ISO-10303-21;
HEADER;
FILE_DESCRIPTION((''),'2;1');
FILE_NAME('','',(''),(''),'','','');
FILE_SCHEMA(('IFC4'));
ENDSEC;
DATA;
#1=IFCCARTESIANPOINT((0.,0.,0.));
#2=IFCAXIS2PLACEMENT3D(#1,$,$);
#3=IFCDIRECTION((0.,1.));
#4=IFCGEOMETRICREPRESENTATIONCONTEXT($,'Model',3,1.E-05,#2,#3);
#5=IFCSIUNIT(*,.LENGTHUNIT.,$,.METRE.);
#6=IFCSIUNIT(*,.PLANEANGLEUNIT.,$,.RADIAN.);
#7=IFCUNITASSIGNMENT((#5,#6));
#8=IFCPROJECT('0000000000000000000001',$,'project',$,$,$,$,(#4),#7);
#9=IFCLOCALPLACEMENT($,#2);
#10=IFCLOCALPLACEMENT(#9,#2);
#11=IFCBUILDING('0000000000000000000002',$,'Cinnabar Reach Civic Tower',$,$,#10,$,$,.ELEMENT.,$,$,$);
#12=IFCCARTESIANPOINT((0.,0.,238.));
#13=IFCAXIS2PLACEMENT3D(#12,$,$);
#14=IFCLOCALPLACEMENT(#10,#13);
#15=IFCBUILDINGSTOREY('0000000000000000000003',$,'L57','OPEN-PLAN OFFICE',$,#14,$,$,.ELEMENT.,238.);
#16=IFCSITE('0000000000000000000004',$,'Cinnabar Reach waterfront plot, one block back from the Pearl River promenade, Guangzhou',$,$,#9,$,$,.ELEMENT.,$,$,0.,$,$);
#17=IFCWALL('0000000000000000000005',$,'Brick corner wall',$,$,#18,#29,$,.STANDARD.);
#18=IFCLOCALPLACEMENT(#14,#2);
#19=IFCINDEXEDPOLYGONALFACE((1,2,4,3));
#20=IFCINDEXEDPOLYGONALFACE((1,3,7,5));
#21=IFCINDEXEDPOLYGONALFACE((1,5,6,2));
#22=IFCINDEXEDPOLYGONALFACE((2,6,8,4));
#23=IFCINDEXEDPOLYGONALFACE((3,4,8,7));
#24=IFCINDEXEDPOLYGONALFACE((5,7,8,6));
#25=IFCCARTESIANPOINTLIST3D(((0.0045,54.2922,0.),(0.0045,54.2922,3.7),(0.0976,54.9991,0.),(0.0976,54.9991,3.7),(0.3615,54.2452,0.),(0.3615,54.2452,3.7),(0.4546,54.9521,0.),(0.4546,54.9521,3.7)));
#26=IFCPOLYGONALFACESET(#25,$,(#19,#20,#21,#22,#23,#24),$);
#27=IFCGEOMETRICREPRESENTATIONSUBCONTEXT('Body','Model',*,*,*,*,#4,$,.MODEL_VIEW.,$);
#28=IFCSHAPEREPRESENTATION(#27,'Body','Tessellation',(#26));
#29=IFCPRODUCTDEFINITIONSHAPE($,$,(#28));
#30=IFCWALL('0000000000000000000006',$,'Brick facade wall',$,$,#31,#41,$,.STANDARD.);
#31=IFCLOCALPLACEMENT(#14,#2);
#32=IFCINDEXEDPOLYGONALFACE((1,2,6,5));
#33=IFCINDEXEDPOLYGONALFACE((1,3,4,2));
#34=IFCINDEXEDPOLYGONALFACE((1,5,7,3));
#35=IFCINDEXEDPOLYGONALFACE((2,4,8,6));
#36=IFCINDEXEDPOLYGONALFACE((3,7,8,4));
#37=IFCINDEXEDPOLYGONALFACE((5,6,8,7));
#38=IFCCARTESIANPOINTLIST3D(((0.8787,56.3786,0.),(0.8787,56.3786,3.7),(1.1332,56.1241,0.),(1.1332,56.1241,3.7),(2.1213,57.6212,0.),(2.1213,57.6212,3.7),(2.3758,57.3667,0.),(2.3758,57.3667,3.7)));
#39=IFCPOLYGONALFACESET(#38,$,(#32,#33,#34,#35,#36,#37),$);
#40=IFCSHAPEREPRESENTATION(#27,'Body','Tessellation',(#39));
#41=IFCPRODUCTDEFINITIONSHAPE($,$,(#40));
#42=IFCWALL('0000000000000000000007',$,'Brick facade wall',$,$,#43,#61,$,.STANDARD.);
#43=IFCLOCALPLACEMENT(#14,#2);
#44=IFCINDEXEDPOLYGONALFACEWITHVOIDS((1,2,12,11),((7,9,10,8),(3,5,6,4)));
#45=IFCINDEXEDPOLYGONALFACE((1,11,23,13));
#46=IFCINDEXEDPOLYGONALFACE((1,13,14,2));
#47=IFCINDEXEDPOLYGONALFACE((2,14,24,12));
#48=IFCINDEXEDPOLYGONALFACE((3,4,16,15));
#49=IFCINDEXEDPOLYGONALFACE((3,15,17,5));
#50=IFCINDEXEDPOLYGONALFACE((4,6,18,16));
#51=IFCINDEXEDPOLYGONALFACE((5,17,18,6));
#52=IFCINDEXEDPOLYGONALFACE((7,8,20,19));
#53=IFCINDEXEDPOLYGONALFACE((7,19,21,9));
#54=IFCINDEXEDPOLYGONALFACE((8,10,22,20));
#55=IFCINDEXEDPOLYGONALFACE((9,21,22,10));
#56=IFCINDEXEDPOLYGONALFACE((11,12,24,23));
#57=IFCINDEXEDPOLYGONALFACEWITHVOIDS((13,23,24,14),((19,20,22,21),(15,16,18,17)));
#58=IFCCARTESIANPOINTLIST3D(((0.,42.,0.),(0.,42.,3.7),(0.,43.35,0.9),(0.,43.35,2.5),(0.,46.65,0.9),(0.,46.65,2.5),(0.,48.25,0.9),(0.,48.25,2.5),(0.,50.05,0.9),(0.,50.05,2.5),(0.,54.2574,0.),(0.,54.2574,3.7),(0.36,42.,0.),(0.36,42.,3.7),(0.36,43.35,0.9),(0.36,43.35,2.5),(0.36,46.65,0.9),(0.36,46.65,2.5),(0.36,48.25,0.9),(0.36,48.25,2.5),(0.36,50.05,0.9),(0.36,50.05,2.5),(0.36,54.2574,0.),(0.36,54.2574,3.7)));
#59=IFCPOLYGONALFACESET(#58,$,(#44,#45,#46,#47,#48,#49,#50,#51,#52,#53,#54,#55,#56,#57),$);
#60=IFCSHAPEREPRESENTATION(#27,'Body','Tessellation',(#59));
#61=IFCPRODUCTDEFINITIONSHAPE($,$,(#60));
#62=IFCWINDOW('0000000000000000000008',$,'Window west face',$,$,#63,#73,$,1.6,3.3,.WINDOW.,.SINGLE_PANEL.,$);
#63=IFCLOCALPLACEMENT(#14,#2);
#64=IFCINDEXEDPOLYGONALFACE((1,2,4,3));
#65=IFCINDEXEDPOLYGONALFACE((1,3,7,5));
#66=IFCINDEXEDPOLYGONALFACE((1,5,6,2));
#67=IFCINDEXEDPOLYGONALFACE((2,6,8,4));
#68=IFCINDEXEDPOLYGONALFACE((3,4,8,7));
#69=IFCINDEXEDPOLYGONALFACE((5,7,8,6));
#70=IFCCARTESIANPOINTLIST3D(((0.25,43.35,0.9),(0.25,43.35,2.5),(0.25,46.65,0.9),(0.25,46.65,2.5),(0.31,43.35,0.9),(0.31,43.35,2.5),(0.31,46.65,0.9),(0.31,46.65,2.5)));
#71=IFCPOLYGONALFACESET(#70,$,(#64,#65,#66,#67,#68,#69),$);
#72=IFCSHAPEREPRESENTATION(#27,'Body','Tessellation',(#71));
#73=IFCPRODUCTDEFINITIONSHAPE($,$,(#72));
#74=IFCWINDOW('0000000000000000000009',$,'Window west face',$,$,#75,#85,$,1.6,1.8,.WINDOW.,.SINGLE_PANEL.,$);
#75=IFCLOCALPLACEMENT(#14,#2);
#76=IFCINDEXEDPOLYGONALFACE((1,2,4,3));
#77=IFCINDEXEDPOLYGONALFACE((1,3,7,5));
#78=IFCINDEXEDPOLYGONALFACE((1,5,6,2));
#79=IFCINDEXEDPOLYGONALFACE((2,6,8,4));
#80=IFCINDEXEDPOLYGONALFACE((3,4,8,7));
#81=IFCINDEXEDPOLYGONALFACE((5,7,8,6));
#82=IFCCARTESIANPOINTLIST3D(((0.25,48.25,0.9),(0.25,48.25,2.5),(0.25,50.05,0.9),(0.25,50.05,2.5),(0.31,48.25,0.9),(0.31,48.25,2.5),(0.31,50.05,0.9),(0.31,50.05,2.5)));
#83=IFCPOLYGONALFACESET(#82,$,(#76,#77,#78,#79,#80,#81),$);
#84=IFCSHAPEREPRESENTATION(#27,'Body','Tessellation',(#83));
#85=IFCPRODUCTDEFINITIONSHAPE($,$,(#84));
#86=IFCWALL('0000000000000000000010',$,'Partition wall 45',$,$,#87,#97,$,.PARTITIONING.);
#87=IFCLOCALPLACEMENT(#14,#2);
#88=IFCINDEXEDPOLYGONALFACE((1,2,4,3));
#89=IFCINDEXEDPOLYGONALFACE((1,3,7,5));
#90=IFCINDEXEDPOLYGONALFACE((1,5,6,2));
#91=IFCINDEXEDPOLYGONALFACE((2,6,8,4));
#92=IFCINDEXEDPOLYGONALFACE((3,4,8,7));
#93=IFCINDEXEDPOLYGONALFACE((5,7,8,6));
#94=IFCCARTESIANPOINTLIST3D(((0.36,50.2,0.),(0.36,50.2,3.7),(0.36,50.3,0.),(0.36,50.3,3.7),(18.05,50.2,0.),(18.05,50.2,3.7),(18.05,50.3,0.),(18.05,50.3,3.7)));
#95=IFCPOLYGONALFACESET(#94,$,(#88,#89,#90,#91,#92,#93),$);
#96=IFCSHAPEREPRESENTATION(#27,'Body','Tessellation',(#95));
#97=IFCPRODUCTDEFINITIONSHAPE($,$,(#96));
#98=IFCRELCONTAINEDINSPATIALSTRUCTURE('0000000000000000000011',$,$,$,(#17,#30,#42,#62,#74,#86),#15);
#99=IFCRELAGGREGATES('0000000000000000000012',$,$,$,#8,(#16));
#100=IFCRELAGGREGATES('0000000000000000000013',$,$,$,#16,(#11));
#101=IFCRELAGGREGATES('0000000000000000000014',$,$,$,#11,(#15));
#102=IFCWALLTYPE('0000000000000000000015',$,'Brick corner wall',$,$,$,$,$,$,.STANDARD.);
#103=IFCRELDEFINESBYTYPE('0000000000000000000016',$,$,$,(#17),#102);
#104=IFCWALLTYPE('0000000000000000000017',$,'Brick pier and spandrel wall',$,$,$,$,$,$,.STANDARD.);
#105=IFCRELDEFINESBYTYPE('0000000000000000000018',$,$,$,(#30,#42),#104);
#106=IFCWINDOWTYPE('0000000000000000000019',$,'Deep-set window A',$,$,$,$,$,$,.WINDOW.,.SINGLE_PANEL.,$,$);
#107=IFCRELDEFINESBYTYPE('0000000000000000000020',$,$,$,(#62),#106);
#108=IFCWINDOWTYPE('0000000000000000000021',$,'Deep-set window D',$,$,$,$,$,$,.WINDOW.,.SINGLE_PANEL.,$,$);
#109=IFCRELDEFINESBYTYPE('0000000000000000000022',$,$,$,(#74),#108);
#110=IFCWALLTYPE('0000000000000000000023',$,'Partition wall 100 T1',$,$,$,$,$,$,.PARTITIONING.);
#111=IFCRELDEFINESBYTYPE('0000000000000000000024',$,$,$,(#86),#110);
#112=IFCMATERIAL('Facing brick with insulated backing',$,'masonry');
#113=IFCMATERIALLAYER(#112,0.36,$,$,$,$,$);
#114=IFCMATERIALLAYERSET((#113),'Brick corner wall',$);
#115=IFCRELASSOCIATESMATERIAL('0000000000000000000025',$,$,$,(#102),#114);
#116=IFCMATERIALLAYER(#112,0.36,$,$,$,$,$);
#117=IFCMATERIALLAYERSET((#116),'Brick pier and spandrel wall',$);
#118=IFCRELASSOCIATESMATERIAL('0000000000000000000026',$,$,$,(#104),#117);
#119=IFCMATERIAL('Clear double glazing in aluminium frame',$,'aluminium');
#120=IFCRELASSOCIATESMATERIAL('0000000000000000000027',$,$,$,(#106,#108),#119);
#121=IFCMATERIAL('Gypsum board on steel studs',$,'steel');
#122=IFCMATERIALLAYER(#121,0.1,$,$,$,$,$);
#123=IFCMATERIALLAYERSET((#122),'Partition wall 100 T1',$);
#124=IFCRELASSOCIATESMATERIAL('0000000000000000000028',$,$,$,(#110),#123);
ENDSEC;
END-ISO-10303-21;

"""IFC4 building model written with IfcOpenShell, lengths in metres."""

from ifc_helpers import new_model, si_unit, direction, frame, frame_2d, origin, place, context, subcontext, project, spatial, rectangle, extrude, material, layer, layer_set, type_object, element, fill, save


model = new_model("IFC4")

# Units and contexts
model_context = context("Model", 3, precision=1e-05, world=origin(), true_north=direction((0.0, 1.0)))
body_context = subcontext(model_context, "Body", "Model", "MODEL_VIEW")
ifc_project = project(units=[si_unit("LENGTHUNIT", "METRE"), si_unit("PLANEANGLEUNIT", "RADIAN")], contexts=[model_context])

# Site, building, storey
site_placement = place(None, origin())
site = spatial("IfcSite", under=ifc_project, at=site_placement, Name="Cinnabar Reach waterfront plot, one block back from the Pearl River promenade, Guangzhou", CompositionType="ELEMENT", RefElevation=0.0)
building_placement = place(site_placement, origin())
building = spatial("IfcBuilding", under=site, at=building_placement, Name="Cinnabar Reach Civic Tower", CompositionType="ELEMENT")
storey_placement = place(building_placement, frame((0.0, 0.0, 238.0)))
storey = spatial("IfcBuildingStorey", under=building, at=storey_placement, Name="L57", Description="OPEN-PLAN OFFICE", CompositionType="ELEMENT", Elevation=238.0)

# Walls
ifc_material_1 = material(Name="Facing brick with insulated backing", Category="masonry")
ifc_layer_1 = layer(ifc_material_1, 0.36)
ifc_layer_set_1 = layer_set([ifc_layer_1], Name="Brick corner wall")
wall_type_1 = type_object("IfcWallType", Name="Brick corner wall", PredefinedType="STANDARD", material=ifc_layer_set_1)
for number, where, z_axis, x_axis, name in (
    (1, (0.2761, 54.9756, 0.0), (0.0, 0.0, 1.0), (-0.130556, -0.991441, 0.0), "Brick corner wall"),
):
    element("IfcWall", number, at=place(storey_placement, frame(where, z_axis=z_axis, x_axis=x_axis)), inside=storey, type_object=wall_type_1, Name=name, PredefinedType="STANDARD", context=body_context, shape_type="SweptSolid", body=[
        extrude(rectangle(XDim=0.7131, YDim=0.36, at=frame_2d((0.3565, 0.0))), origin(), (0.0, 0.0, 1.0), 3.7),
    ])
ifc_layer_2 = layer(ifc_material_1, 0.36)
ifc_layer_set_2 = layer_set([ifc_layer_2], Name="Brick pier and spandrel wall")
wall_type_2 = type_object("IfcWallType", Name="Brick pier and spandrel wall", PredefinedType="STANDARD", material=ifc_layer_set_2)
wall_1_placement = place(storey_placement, frame((2.2486, 57.494, 0.0), z_axis=(0.0, 0.0, 1.0), x_axis=(-0.707107, -0.707107, 0.0)))
element("IfcWall", 2, at=wall_1_placement, inside=storey, type_object=wall_type_2, Name="Brick facade wall", PredefinedType="STANDARD", context=body_context, shape_type="SweptSolid", body=[
    extrude(rectangle(XDim=1.7573, YDim=0.36, at=frame_2d((0.8787, 0.0))), origin(), (0.0, 0.0, 1.0), 3.7),
])

# Wall, openings, windows
wall_2_placement = place(storey_placement, frame((0.18, 54.2574, 0.0), z_axis=(0.0, 0.0, 1.0), x_axis=(0.0, -1.0, 0.0)))
wall_2 = element("IfcWall", 3, at=wall_2_placement, inside=storey, type_object=wall_type_2, Name="Brick facade wall", PredefinedType="STANDARD", context=body_context, shape_type="SweptSolid", body=[
    extrude(rectangle(XDim=12.2574, YDim=0.36, at=frame_2d((6.1287, 0.0))), origin(), (0.0, 0.0, 1.0), 3.7),
])
opening_1_placement = place(wall_2_placement, frame((4.2074, 0.0, 0.9)))
opening_1 = element("IfcOpeningElement", 4, at=opening_1_placement, cuts=wall_2, PredefinedType="OPENING", context=body_context, shape_type="SweptSolid", body=[
    extrude(rectangle(XDim=1.8, YDim=1.6, at=frame_2d((0.9, 0.8))), frame((0.0, 0.19, 0.0), z_axis=(0.0, -1.0, 0.0), x_axis=(1.0, 0.0, 0.0)), (0.0, 0.0, 1.0), 0.38),
])
opening_2_placement = place(wall_2_placement, frame((7.6074, 0.0, 0.9)))
opening_2 = element("IfcOpeningElement", 5, at=opening_2_placement, cuts=wall_2, PredefinedType="OPENING", context=body_context, shape_type="SweptSolid", body=[
    extrude(rectangle(XDim=3.3, YDim=1.6, at=frame_2d((1.65, 0.8))), frame((0.0, 0.19, 0.0), z_axis=(0.0, -1.0, 0.0), x_axis=(1.0, 0.0, 0.0)), (0.0, 0.0, 1.0), 0.38),
])
ifc_material_2 = material(Name="Clear double glazing in aluminium frame", Category="aluminium")
window_type_1 = type_object("IfcWindowType", Name="Deep-set window A", PartitioningType="SINGLE_PANEL", PredefinedType="WINDOW", material=ifc_material_2)
window_1_placement = place(opening_2_placement, origin())
window_1 = element("IfcWindow", 6, at=window_1_placement, inside=storey, type_object=window_type_1, Name="Window west face", OverallHeight=1.6, OverallWidth=3.3, PartitioningType="SINGLE_PANEL", PredefinedType="WINDOW", context=body_context, shape_type="SweptSolid", body=[
    extrude(rectangle(XDim=3.3, YDim=1.6, at=frame_2d((1.65, 0.8))), frame((0.0, 0.13, 0.0), z_axis=(0.0, -1.0, 0.0), x_axis=(1.0, 0.0, 0.0)), (0.0, 0.0, 1.0), 0.06),
])
fill(opening_2, window_1)
window_type_2 = type_object("IfcWindowType", Name="Deep-set window D", PartitioningType="SINGLE_PANEL", PredefinedType="WINDOW", material=ifc_material_2)
window_2_placement = place(opening_1_placement, origin())
window_2 = element("IfcWindow", 7, at=window_2_placement, inside=storey, type_object=window_type_2, Name="Window west face", OverallHeight=1.6, OverallWidth=1.8, PartitioningType="SINGLE_PANEL", PredefinedType="WINDOW", context=body_context, shape_type="SweptSolid", body=[
    extrude(rectangle(XDim=1.8, YDim=1.6, at=frame_2d((0.9, 0.8))), frame((0.0, 0.13, 0.0), z_axis=(0.0, -1.0, 0.0), x_axis=(1.0, 0.0, 0.0)), (0.0, 0.0, 1.0), 0.06),
])
fill(opening_1, window_2)

# Wall
ifc_material_3 = material(Name="Gypsum board on steel studs", Category="steel")
ifc_layer_3 = layer(ifc_material_3, 0.1)
ifc_layer_set_3 = layer_set([ifc_layer_3], Name="Partition wall 100 T1")
wall_type_3 = type_object("IfcWallType", Name="Partition wall 100 T1", PredefinedType="PARTITIONING", material=ifc_layer_set_3)
wall_3_placement = place(storey_placement, frame((0.36, 50.25, 0.0), z_axis=(0.0, 0.0, 1.0), x_axis=(1.0, 0.0, 0.0)))
element("IfcWall", 8, at=wall_3_placement, inside=storey, type_object=wall_type_3, Name="Partition wall 45", PredefinedType="PARTITIONING", context=body_context, shape_type="SweptSolid", body=[
    extrude(rectangle(XDim=17.69, YDim=0.1, at=frame_2d((8.845, 0.0))), origin(), (0.0, 0.0, 1.0), 3.7),
])

save(model, "model.ifc")
